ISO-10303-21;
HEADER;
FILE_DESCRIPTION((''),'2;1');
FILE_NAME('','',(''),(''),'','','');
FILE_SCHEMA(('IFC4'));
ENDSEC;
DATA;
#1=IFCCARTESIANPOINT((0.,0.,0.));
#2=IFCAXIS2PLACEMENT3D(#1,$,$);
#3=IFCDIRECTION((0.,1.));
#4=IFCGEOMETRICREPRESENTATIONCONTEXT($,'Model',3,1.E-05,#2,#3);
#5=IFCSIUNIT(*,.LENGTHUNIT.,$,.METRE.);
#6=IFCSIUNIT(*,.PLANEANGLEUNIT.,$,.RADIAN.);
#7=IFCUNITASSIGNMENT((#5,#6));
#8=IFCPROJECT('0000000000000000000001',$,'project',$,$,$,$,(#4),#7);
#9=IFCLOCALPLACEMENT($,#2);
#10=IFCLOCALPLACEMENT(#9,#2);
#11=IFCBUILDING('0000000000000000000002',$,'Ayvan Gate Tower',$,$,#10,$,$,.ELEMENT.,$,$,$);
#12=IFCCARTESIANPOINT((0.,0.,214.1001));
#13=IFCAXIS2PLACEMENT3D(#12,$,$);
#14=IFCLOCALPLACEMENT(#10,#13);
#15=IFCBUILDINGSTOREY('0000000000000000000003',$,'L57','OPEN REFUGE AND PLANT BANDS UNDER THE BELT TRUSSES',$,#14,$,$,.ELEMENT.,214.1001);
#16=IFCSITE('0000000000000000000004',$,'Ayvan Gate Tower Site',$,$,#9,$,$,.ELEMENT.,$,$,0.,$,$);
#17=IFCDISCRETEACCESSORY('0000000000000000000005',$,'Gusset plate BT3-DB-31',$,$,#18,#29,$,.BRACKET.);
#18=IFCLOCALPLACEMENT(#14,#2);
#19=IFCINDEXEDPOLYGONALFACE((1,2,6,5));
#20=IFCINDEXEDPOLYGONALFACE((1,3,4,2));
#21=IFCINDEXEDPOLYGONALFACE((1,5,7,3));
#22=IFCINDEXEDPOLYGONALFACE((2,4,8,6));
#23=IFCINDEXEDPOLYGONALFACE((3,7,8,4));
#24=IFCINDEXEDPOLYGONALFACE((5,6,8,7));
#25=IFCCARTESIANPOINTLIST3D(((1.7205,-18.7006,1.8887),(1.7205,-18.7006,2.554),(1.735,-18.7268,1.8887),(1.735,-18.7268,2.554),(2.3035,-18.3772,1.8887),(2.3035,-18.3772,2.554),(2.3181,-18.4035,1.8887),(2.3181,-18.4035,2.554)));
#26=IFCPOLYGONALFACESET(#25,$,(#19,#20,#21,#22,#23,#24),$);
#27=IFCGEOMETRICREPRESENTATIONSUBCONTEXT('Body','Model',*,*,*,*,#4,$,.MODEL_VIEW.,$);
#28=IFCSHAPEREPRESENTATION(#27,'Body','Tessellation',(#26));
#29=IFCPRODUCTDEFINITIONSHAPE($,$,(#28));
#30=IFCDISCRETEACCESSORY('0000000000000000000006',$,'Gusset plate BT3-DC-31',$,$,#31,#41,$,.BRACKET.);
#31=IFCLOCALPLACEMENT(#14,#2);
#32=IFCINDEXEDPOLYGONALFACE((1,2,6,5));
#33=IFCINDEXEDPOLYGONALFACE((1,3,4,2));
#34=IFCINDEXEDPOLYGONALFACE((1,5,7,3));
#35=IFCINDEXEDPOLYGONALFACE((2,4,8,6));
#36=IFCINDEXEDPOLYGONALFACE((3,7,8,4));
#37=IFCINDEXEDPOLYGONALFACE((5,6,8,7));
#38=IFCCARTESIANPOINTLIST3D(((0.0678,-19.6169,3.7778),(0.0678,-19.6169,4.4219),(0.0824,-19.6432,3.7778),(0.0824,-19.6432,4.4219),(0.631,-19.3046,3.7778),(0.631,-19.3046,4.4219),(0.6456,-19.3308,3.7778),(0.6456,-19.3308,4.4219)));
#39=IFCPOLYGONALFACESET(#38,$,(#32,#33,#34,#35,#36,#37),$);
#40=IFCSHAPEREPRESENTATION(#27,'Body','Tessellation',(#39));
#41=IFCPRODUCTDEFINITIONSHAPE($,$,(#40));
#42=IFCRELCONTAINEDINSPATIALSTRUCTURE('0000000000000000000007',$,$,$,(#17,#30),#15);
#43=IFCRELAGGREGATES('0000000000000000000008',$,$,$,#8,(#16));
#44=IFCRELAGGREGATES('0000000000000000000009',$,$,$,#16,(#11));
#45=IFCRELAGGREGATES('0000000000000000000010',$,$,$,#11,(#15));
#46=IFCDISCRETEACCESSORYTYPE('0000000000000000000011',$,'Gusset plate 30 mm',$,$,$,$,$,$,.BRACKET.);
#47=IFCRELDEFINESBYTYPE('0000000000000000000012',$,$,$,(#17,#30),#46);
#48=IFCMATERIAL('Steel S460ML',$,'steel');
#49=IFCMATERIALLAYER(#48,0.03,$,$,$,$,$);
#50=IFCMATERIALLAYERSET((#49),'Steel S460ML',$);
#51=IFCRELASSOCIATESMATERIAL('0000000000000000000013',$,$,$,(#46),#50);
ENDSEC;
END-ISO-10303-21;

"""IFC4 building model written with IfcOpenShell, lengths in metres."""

from ifc_helpers import new_model, si_unit, direction, frame, origin, origin_2d, place, context, subcontext, project, spatial, rectangle, extrude, material, layer, layer_set, type_object, element, save


model = new_model("IFC4")

# Units and contexts
model_context = context("Model", 3, precision=1e-05, world=origin(), true_north=direction((0.0, 1.0)))
body_context = subcontext(model_context, "Body", "Model", "MODEL_VIEW")
ifc_project = project(units=[si_unit("LENGTHUNIT", "METRE"), si_unit("PLANEANGLEUNIT", "RADIAN")], contexts=[model_context])

# Site, building, storey
site_placement = place(None, origin())
site = spatial("IfcSite", under=ifc_project, at=site_placement, Name="Ayvan Gate Tower Site", CompositionType="ELEMENT", RefElevation=0.0)
building_placement = place(site_placement, origin())
building = spatial("IfcBuilding", under=site, at=building_placement, Name="Ayvan Gate Tower", CompositionType="ELEMENT")
storey_placement = place(building_placement, frame((0.0, 0.0, 214.1001)))
storey = spatial("IfcBuildingStorey", under=building, at=storey_placement, Name="L57", Description="OPEN REFUGE AND PLANT BANDS UNDER THE BELT TRUSSES", CompositionType="ELEMENT", Elevation=214.1001)

# Shared definitions
ifc_material_1 = material(Name="Steel S460ML", Category="steel")

# Discrete accessories
ifc_layer_1 = layer(ifc_material_1, 0.03)
ifc_layer_set_1 = layer_set([ifc_layer_1], Name="Steel S460ML")
discrete_accessory_type_1 = type_object("IfcDiscreteAccessoryType", Name="Gusset plate 30 mm", PredefinedType="BRACKET", material=ifc_layer_set_1)
discrete_accessory_1_placement = place(storey_placement, frame((2.0193, -18.552, 1.8887), z_axis=(0.0, 0.0, 1.0), x_axis=(0.874522, 0.484987, 0.0)))
element("IfcDiscreteAccessory", 1, at=discrete_accessory_1_placement, inside=storey, type_object=discrete_accessory_type_1, Name="Gusset plate BT3-DB-31", PredefinedType="BRACKET", context=body_context, shape_type="SweptSolid", body=[
    extrude(rectangle(XDim=0.6667, YDim=0.03, at=origin_2d()), origin(), (0.0, 0.0, 1.0), 0.6653),
])
discrete_accessory_2_placement = place(storey_placement, frame((0.3567, -19.4739, 3.7778), z_axis=(0.0, 0.0, 1.0), x_axis=(0.874522, 0.484987, 0.0)))
element("IfcDiscreteAccessory", 2, at=discrete_accessory_2_placement, inside=storey, type_object=discrete_accessory_type_1, Name="Gusset plate BT3-DC-31", PredefinedType="BRACKET", context=body_context, shape_type="SweptSolid", body=[
    extrude(rectangle(XDim=0.644, YDim=0.03, at=origin_2d()), origin(), (0.0, 0.0, 1.0), 0.644),
])

save(model, "model.ifc")
